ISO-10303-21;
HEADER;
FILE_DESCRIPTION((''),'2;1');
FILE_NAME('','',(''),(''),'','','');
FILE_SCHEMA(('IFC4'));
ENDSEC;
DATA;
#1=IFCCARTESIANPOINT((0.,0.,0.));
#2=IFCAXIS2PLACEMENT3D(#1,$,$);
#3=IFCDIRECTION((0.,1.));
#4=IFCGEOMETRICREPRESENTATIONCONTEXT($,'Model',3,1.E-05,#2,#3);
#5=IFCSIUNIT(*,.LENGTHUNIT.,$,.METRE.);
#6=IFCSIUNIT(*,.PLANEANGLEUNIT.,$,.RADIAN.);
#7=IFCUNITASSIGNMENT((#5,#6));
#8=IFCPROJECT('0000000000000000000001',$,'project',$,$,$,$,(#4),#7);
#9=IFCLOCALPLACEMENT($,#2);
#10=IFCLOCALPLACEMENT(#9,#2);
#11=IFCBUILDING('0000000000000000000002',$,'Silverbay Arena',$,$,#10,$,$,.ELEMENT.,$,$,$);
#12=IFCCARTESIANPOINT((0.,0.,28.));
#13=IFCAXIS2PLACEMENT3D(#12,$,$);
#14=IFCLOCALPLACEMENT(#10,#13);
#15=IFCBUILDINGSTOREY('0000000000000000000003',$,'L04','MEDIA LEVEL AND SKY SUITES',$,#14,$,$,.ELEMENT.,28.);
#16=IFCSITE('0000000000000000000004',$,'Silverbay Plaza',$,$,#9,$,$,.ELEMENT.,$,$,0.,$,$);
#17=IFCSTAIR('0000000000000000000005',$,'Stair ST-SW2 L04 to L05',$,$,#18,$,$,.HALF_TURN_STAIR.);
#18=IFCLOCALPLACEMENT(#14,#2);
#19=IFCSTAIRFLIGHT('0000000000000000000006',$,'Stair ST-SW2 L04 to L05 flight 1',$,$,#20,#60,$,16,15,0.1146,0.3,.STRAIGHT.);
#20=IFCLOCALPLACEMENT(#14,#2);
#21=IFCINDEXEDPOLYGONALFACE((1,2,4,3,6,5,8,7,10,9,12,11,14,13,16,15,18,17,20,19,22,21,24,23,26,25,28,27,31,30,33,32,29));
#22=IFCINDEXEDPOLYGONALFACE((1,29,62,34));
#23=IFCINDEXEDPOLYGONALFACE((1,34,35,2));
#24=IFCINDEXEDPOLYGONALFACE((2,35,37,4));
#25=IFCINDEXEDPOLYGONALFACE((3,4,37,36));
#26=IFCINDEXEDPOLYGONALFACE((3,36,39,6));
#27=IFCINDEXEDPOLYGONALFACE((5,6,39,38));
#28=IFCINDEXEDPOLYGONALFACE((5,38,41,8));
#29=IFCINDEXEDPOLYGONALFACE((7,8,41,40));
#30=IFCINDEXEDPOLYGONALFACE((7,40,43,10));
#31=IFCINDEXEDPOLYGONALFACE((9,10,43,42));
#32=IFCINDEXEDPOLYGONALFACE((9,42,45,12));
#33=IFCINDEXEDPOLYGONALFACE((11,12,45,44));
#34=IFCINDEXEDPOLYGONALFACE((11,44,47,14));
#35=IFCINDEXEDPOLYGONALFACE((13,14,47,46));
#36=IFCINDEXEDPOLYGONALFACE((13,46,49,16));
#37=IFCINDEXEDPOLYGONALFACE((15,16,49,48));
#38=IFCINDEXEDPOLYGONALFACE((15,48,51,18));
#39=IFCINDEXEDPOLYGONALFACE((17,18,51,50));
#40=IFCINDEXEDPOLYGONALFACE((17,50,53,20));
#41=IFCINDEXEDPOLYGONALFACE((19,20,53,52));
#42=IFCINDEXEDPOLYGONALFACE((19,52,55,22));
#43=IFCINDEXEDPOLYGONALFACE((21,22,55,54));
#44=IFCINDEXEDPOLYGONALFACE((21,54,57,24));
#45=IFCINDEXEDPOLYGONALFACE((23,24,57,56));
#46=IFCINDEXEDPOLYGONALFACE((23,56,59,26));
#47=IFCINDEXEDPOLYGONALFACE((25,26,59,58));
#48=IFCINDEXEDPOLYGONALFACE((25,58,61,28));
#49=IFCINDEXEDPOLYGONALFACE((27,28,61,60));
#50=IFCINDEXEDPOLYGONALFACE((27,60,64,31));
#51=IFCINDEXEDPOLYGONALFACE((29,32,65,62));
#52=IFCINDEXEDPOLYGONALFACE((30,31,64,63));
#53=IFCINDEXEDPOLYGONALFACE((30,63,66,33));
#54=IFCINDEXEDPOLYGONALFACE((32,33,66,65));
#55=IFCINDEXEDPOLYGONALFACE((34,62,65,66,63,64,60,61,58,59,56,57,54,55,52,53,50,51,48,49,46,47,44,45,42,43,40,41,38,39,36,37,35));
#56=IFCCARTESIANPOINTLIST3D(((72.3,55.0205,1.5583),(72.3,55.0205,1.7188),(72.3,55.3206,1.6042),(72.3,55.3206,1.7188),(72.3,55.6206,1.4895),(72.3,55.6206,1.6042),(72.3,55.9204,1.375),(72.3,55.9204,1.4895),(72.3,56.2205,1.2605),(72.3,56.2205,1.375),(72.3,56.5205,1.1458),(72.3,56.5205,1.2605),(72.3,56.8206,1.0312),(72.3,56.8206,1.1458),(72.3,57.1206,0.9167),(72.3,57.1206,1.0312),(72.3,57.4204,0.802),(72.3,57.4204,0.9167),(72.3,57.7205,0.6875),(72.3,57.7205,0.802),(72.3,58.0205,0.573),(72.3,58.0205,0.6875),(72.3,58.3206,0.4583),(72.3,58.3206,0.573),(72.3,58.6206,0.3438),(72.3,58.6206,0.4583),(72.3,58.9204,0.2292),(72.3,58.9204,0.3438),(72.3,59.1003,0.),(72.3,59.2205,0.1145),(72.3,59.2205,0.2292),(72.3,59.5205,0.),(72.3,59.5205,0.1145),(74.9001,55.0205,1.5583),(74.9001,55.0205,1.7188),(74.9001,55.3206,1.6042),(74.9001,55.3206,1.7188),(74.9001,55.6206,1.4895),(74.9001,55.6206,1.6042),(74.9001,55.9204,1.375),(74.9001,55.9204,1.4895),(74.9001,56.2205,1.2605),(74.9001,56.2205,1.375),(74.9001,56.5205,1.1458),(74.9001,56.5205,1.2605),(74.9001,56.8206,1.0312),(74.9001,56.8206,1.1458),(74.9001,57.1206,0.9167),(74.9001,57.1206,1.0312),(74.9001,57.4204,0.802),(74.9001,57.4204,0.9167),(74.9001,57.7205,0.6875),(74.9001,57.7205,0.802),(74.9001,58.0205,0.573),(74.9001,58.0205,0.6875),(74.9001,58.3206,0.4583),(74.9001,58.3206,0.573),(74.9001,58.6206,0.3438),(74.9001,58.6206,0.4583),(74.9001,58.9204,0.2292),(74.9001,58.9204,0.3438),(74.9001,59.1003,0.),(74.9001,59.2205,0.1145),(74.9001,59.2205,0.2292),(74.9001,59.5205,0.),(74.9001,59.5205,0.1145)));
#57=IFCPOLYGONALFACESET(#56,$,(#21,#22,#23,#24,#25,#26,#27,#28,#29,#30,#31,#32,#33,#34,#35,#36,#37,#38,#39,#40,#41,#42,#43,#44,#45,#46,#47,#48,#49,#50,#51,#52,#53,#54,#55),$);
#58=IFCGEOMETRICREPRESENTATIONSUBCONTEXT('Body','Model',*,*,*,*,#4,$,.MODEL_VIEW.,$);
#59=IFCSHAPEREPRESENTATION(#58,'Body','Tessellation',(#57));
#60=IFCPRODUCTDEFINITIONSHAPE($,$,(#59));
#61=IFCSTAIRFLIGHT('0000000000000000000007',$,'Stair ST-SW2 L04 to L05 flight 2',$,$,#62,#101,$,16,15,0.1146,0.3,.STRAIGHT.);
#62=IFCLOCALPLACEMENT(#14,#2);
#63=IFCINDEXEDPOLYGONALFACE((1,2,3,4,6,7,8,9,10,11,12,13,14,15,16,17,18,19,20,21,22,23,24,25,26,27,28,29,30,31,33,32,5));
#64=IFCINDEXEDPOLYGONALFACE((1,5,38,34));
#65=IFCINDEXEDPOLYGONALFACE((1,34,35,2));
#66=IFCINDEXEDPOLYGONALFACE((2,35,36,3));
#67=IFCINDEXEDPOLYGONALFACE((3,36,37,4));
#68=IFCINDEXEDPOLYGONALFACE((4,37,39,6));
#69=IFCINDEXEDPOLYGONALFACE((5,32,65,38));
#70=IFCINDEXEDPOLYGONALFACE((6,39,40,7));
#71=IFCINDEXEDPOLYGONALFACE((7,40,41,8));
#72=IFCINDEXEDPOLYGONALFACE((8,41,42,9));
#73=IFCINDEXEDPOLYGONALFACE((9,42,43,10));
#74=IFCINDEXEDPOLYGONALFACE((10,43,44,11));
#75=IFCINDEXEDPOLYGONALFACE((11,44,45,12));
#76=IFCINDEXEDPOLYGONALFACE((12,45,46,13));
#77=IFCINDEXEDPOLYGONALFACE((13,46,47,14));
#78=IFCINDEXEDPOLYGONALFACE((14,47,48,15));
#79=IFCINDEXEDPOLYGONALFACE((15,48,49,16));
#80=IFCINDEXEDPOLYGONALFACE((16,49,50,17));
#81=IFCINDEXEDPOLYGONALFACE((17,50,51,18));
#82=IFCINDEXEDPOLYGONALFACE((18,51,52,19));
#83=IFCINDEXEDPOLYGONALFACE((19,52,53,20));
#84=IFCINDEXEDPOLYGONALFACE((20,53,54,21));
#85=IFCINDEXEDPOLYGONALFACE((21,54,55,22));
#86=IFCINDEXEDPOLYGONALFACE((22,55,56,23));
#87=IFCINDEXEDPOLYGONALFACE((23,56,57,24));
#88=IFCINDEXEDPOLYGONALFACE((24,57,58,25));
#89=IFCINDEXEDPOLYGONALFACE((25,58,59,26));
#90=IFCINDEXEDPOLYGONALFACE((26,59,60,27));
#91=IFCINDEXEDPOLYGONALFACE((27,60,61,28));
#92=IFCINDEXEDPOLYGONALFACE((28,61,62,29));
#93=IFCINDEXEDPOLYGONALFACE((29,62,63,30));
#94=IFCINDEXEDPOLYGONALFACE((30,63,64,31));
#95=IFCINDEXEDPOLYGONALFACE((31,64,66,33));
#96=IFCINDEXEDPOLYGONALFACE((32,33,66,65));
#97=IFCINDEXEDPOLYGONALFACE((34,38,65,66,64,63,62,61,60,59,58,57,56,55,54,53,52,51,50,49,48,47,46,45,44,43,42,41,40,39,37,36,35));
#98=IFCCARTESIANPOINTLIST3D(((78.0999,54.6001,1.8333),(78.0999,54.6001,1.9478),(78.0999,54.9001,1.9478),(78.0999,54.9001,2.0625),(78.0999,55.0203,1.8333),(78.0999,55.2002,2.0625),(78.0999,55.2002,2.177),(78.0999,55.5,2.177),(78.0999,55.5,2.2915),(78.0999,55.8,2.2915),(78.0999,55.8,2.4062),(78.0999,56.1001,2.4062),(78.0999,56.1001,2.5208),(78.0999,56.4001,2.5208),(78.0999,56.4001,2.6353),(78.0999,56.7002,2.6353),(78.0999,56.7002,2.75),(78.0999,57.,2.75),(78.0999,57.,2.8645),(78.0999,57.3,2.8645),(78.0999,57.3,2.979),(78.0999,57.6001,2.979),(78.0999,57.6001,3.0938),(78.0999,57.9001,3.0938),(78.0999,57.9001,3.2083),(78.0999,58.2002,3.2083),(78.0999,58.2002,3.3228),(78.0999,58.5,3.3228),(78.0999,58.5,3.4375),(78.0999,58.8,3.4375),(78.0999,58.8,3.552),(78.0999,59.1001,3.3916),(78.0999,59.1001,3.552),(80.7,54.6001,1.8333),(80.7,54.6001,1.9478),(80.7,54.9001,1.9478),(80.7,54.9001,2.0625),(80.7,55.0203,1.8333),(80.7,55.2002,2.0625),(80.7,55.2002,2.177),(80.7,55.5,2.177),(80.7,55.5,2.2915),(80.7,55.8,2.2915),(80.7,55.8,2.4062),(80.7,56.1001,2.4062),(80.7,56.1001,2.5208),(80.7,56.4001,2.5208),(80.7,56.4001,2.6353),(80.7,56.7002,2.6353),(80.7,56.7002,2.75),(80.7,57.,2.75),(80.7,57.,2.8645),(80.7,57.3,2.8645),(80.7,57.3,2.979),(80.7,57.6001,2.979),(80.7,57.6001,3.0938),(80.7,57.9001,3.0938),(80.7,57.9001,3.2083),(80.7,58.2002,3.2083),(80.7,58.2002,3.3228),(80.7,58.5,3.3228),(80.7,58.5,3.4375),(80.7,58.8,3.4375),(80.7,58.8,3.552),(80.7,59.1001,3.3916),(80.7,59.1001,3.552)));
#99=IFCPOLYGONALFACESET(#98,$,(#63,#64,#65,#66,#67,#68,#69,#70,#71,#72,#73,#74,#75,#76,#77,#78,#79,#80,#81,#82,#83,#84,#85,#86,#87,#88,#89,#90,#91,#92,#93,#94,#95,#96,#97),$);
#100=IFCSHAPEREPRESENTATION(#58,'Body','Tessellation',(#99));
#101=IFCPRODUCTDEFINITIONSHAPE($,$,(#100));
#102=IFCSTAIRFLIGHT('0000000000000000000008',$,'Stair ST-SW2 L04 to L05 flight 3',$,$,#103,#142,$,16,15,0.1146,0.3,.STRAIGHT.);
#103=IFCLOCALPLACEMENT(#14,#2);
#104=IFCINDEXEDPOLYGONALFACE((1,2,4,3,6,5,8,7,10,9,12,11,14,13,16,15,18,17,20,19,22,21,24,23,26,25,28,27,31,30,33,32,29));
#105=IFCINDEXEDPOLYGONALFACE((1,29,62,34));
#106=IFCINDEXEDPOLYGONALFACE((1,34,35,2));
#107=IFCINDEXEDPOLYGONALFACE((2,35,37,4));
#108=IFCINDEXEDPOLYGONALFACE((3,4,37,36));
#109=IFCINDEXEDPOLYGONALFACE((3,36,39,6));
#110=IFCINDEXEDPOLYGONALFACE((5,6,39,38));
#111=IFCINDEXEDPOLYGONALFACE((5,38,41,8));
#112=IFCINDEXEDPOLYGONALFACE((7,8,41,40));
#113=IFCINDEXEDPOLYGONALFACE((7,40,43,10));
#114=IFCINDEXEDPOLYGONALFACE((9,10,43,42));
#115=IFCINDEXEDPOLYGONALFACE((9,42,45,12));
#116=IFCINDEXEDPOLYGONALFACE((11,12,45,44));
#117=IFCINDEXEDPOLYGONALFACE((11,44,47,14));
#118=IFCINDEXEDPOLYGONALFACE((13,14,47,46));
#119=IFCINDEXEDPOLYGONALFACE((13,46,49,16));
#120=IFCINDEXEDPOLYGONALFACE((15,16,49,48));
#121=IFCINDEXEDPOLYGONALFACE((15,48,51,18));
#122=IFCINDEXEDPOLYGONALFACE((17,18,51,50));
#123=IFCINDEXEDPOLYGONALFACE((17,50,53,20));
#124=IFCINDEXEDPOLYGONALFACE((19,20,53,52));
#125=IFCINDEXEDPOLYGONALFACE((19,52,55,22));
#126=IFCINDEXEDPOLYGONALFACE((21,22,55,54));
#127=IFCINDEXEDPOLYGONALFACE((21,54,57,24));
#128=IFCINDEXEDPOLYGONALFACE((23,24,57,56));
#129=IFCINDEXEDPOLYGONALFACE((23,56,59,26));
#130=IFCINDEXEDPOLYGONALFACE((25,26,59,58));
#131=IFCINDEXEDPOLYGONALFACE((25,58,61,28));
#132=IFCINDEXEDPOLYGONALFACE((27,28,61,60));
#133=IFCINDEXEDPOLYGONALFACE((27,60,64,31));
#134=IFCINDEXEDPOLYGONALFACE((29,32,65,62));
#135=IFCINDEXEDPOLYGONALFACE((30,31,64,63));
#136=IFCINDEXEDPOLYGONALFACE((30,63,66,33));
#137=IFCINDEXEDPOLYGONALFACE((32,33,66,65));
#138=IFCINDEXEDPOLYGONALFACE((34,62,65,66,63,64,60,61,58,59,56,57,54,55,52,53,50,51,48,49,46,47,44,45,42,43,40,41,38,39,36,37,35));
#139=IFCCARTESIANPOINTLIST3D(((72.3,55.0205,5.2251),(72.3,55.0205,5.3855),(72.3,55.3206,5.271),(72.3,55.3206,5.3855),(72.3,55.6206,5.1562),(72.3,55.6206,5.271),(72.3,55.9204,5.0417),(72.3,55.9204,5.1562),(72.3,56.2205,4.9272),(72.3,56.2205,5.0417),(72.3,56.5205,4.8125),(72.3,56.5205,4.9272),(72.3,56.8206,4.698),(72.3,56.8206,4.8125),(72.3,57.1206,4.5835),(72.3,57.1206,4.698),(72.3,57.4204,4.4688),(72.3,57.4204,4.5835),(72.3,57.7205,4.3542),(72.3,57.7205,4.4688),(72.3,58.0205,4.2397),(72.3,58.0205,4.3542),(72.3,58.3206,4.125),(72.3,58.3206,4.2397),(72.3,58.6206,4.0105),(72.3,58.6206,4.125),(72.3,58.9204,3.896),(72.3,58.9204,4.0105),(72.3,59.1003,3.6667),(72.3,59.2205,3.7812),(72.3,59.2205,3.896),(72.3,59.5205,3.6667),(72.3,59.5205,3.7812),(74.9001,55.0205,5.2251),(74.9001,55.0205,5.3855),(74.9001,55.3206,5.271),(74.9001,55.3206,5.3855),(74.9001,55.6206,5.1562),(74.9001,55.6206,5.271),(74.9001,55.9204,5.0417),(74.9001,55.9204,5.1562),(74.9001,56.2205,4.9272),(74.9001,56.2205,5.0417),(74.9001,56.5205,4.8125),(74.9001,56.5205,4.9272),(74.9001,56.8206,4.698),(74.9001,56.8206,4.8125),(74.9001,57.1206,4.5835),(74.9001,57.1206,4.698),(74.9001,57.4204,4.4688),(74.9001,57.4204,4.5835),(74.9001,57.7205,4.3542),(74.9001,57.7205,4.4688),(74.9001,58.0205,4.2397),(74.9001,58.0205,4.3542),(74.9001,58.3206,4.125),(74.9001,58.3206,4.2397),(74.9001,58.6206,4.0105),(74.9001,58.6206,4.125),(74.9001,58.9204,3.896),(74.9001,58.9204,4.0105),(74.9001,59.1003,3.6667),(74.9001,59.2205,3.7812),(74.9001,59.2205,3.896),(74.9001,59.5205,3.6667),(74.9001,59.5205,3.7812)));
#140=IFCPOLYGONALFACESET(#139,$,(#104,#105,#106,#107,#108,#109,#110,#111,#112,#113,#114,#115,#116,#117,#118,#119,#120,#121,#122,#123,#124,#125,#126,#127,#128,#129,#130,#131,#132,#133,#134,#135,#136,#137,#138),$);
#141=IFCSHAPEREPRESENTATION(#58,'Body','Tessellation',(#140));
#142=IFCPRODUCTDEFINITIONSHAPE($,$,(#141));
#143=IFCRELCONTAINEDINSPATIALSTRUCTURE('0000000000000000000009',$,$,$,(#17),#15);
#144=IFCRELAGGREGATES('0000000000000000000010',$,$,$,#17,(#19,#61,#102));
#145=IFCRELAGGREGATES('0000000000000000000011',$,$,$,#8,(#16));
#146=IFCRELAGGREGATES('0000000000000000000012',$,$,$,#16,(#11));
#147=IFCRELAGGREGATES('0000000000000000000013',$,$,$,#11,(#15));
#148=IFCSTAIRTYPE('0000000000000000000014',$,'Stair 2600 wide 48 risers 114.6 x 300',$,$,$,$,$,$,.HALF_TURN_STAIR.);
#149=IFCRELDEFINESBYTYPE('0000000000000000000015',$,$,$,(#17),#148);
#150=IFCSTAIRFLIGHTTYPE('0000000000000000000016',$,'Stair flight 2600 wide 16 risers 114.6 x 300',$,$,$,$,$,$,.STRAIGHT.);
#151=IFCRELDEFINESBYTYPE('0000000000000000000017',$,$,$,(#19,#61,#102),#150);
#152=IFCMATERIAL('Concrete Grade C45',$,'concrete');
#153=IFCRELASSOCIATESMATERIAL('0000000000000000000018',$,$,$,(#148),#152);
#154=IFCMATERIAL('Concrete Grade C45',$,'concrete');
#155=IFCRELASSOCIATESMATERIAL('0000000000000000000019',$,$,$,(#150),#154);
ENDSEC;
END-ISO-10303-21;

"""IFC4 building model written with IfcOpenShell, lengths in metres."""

from ifc_helpers import new_model, si_unit, direction, frame, origin, place, context, subcontext, project, spatial, polyline, outline, extrude, material, type_object, element, aggregate, save


model = new_model("IFC4")

# Units and contexts
model_context = context("Model", 3, precision=1e-05, world=origin(), true_north=direction((0.0, 1.0)))
body_context = subcontext(model_context, "Body", "Model", "MODEL_VIEW")
ifc_project = project(units=[si_unit("LENGTHUNIT", "METRE"), si_unit("PLANEANGLEUNIT", "RADIAN")], contexts=[model_context])

# Site, building, storey
site_placement = place(None, origin())
site = spatial("IfcSite", under=ifc_project, at=site_placement, Name="Silverbay Plaza", CompositionType="ELEMENT", RefElevation=0.0)
building_placement = place(site_placement, origin())
building = spatial("IfcBuilding", under=site, at=building_placement, Name="Silverbay Arena", CompositionType="ELEMENT")
storey_placement = place(building_placement, frame((0.0, 0.0, 28.0)))
storey = spatial("IfcBuildingStorey", under=building, at=storey_placement, Name="L04", Description="MEDIA LEVEL AND SKY SUITES", CompositionType="ELEMENT", Elevation=28.0)

# Stair, stair flights
ifc_material_1 = material(Name="Concrete Grade C45", Category="concrete")
stair_type = type_object("IfcStairType", Name="Stair 2600 wide 48 risers 114.6 x 300", PredefinedType="HALF_TURN_STAIR", material=ifc_material_1)
stair_placement = place(storey_placement, origin())
stair = element("IfcStair", 1, at=stair_placement, inside=storey, type_object=stair_type, Name="Stair ST-SW2 L04 to L05", PredefinedType="HALF_TURN_STAIR")
ifc_material_2 = material(Name="Concrete Grade C45", Category="concrete")
stair_flight_type = type_object("IfcStairFlightType", Name="Stair flight 2600 wide 16 risers 114.6 x 300", PredefinedType="STRAIGHT", material=ifc_material_2)
stair_flight_1_placement = place(storey_placement, frame((73.6001, 59.5205, 0.0), z_axis=(0.0, 0.0, 1.0), x_axis=(0.0, -1.0, 0.0)))
stair_flight_1 = element("IfcStairFlight", 2, at=stair_flight_1_placement, type_object=stair_flight_type, Name="Stair ST-SW2 L04 to L05 flight 1", NumberOfRisers=16, NumberOfTreads=15, PredefinedType="STRAIGHT", RiserHeight=0.1146, TreadLength=0.3, context=body_context, shape_type="SweptSolid", body=[
    extrude(outline(polyline([(0.0, 0.0), (0.0, 0.1145), (0.3, 0.1145), (0.3, 0.2292), (0.6001, 0.2292), (0.6001, 0.3438), (0.8999, 0.3438), (0.8999, 0.4583), (1.2, 0.4583), (1.2, 0.573), (1.5, 0.573), (1.5, 0.6875), (1.8, 0.6875), (1.8, 0.802), (2.1001, 0.802), (2.1001, 0.9167), (2.3999, 0.9167), (2.3999, 1.0312), (2.7, 1.0312), (2.7, 1.1458), (3.0, 1.1458), (3.0, 1.2605), (3.3, 1.2605), (3.3, 1.375), (3.6001, 1.375), (3.6001, 1.4895), (3.8999, 1.4895), (3.8999, 1.6042), (4.2, 1.6042), (4.2, 1.7188), (4.5, 1.7188), (4.5, 1.5583), (0.4202, 0.0), (0.0, 0.0)])), frame((0.0, 1.3, 0.0), z_axis=(0.0, -1.0, 0.0), x_axis=(1.0, 0.0, 0.0)), (0.0, 0.0, 1.0), 2.6001),
])
stair_flight_2_placement = place(storey_placement, frame((79.3999, 54.6001, 1.8333), z_axis=(0.0, 0.0, 1.0), x_axis=(0.0, 1.0, 0.0)))
stair_flight_2 = element("IfcStairFlight", 3, at=stair_flight_2_placement, type_object=stair_flight_type, Name="Stair ST-SW2 L04 to L05 flight 2", NumberOfRisers=16, NumberOfTreads=15, PredefinedType="STRAIGHT", RiserHeight=0.1146, TreadLength=0.3, context=body_context, shape_type="SweptSolid", body=[
    extrude(outline(polyline([(0.0, 0.0), (0.0, 0.1145), (0.3, 0.1145), (0.3, 0.2292), (0.6001, 0.2292), (0.6001, 0.3438), (0.8999, 0.3438), (0.8999, 0.4583), (1.2, 0.4583), (1.2, 0.573), (1.5, 0.573), (1.5, 0.6875), (1.8, 0.6875), (1.8, 0.802), (2.1001, 0.802), (2.1001, 0.9167), (2.3999, 0.9167), (2.3999, 1.0312), (2.7, 1.0312), (2.7, 1.1458), (3.0, 1.1458), (3.0, 1.2605), (3.3, 1.2605), (3.3, 1.375), (3.6001, 1.375), (3.6001, 1.4895), (3.8999, 1.4895), (3.8999, 1.6042), (4.2, 1.6042), (4.2, 1.7188), (4.5, 1.7188), (4.5, 1.5583), (0.4202, 0.0), (0.0, 0.0)])), frame((0.0, 1.3, 0.0), z_axis=(0.0, -1.0, 0.0), x_axis=(1.0, 0.0, 0.0)), (0.0, 0.0, 1.0), 2.6001),
])
stair_flight_3_placement = place(storey_placement, frame((73.6001, 59.5205, 3.6667), z_axis=(0.0, 0.0, 1.0), x_axis=(0.0, -1.0, 0.0)))
stair_flight_3 = element("IfcStairFlight", 4, at=stair_flight_3_placement, type_object=stair_flight_type, Name="Stair ST-SW2 L04 to L05 flight 3", NumberOfRisers=16, NumberOfTreads=15, PredefinedType="STRAIGHT", RiserHeight=0.1146, TreadLength=0.3, context=body_context, shape_type="SweptSolid", body=[
    extrude(outline(polyline([(0.0, 0.0), (0.0, 0.1145), (0.3, 0.1145), (0.3, 0.2292), (0.6001, 0.2292), (0.6001, 0.3438), (0.8999, 0.3438), (0.8999, 0.4583), (1.2, 0.4583), (1.2, 0.573), (1.5, 0.573), (1.5, 0.6875), (1.8, 0.6875), (1.8, 0.802), (2.1001, 0.802), (2.1001, 0.9167), (2.3999, 0.9167), (2.3999, 1.0312), (2.7, 1.0312), (2.7, 1.1458), (3.0, 1.1458), (3.0, 1.2605), (3.3, 1.2605), (3.3, 1.375), (3.6001, 1.375), (3.6001, 1.4895), (3.8999, 1.4895), (3.8999, 1.6042), (4.2, 1.6042), (4.2, 1.7188), (4.5, 1.7188), (4.5, 1.5583), (0.4202, 0.0), (0.0, 0.0)])), frame((0.0, 1.3, 0.0), z_axis=(0.0, -1.0, 0.0), x_axis=(1.0, 0.0, 0.0)), (0.0, 0.0, 1.0), 2.6001),
])
aggregate(stair, [stair_flight_1, stair_flight_2, stair_flight_3])

save(model, "model.ifc")
